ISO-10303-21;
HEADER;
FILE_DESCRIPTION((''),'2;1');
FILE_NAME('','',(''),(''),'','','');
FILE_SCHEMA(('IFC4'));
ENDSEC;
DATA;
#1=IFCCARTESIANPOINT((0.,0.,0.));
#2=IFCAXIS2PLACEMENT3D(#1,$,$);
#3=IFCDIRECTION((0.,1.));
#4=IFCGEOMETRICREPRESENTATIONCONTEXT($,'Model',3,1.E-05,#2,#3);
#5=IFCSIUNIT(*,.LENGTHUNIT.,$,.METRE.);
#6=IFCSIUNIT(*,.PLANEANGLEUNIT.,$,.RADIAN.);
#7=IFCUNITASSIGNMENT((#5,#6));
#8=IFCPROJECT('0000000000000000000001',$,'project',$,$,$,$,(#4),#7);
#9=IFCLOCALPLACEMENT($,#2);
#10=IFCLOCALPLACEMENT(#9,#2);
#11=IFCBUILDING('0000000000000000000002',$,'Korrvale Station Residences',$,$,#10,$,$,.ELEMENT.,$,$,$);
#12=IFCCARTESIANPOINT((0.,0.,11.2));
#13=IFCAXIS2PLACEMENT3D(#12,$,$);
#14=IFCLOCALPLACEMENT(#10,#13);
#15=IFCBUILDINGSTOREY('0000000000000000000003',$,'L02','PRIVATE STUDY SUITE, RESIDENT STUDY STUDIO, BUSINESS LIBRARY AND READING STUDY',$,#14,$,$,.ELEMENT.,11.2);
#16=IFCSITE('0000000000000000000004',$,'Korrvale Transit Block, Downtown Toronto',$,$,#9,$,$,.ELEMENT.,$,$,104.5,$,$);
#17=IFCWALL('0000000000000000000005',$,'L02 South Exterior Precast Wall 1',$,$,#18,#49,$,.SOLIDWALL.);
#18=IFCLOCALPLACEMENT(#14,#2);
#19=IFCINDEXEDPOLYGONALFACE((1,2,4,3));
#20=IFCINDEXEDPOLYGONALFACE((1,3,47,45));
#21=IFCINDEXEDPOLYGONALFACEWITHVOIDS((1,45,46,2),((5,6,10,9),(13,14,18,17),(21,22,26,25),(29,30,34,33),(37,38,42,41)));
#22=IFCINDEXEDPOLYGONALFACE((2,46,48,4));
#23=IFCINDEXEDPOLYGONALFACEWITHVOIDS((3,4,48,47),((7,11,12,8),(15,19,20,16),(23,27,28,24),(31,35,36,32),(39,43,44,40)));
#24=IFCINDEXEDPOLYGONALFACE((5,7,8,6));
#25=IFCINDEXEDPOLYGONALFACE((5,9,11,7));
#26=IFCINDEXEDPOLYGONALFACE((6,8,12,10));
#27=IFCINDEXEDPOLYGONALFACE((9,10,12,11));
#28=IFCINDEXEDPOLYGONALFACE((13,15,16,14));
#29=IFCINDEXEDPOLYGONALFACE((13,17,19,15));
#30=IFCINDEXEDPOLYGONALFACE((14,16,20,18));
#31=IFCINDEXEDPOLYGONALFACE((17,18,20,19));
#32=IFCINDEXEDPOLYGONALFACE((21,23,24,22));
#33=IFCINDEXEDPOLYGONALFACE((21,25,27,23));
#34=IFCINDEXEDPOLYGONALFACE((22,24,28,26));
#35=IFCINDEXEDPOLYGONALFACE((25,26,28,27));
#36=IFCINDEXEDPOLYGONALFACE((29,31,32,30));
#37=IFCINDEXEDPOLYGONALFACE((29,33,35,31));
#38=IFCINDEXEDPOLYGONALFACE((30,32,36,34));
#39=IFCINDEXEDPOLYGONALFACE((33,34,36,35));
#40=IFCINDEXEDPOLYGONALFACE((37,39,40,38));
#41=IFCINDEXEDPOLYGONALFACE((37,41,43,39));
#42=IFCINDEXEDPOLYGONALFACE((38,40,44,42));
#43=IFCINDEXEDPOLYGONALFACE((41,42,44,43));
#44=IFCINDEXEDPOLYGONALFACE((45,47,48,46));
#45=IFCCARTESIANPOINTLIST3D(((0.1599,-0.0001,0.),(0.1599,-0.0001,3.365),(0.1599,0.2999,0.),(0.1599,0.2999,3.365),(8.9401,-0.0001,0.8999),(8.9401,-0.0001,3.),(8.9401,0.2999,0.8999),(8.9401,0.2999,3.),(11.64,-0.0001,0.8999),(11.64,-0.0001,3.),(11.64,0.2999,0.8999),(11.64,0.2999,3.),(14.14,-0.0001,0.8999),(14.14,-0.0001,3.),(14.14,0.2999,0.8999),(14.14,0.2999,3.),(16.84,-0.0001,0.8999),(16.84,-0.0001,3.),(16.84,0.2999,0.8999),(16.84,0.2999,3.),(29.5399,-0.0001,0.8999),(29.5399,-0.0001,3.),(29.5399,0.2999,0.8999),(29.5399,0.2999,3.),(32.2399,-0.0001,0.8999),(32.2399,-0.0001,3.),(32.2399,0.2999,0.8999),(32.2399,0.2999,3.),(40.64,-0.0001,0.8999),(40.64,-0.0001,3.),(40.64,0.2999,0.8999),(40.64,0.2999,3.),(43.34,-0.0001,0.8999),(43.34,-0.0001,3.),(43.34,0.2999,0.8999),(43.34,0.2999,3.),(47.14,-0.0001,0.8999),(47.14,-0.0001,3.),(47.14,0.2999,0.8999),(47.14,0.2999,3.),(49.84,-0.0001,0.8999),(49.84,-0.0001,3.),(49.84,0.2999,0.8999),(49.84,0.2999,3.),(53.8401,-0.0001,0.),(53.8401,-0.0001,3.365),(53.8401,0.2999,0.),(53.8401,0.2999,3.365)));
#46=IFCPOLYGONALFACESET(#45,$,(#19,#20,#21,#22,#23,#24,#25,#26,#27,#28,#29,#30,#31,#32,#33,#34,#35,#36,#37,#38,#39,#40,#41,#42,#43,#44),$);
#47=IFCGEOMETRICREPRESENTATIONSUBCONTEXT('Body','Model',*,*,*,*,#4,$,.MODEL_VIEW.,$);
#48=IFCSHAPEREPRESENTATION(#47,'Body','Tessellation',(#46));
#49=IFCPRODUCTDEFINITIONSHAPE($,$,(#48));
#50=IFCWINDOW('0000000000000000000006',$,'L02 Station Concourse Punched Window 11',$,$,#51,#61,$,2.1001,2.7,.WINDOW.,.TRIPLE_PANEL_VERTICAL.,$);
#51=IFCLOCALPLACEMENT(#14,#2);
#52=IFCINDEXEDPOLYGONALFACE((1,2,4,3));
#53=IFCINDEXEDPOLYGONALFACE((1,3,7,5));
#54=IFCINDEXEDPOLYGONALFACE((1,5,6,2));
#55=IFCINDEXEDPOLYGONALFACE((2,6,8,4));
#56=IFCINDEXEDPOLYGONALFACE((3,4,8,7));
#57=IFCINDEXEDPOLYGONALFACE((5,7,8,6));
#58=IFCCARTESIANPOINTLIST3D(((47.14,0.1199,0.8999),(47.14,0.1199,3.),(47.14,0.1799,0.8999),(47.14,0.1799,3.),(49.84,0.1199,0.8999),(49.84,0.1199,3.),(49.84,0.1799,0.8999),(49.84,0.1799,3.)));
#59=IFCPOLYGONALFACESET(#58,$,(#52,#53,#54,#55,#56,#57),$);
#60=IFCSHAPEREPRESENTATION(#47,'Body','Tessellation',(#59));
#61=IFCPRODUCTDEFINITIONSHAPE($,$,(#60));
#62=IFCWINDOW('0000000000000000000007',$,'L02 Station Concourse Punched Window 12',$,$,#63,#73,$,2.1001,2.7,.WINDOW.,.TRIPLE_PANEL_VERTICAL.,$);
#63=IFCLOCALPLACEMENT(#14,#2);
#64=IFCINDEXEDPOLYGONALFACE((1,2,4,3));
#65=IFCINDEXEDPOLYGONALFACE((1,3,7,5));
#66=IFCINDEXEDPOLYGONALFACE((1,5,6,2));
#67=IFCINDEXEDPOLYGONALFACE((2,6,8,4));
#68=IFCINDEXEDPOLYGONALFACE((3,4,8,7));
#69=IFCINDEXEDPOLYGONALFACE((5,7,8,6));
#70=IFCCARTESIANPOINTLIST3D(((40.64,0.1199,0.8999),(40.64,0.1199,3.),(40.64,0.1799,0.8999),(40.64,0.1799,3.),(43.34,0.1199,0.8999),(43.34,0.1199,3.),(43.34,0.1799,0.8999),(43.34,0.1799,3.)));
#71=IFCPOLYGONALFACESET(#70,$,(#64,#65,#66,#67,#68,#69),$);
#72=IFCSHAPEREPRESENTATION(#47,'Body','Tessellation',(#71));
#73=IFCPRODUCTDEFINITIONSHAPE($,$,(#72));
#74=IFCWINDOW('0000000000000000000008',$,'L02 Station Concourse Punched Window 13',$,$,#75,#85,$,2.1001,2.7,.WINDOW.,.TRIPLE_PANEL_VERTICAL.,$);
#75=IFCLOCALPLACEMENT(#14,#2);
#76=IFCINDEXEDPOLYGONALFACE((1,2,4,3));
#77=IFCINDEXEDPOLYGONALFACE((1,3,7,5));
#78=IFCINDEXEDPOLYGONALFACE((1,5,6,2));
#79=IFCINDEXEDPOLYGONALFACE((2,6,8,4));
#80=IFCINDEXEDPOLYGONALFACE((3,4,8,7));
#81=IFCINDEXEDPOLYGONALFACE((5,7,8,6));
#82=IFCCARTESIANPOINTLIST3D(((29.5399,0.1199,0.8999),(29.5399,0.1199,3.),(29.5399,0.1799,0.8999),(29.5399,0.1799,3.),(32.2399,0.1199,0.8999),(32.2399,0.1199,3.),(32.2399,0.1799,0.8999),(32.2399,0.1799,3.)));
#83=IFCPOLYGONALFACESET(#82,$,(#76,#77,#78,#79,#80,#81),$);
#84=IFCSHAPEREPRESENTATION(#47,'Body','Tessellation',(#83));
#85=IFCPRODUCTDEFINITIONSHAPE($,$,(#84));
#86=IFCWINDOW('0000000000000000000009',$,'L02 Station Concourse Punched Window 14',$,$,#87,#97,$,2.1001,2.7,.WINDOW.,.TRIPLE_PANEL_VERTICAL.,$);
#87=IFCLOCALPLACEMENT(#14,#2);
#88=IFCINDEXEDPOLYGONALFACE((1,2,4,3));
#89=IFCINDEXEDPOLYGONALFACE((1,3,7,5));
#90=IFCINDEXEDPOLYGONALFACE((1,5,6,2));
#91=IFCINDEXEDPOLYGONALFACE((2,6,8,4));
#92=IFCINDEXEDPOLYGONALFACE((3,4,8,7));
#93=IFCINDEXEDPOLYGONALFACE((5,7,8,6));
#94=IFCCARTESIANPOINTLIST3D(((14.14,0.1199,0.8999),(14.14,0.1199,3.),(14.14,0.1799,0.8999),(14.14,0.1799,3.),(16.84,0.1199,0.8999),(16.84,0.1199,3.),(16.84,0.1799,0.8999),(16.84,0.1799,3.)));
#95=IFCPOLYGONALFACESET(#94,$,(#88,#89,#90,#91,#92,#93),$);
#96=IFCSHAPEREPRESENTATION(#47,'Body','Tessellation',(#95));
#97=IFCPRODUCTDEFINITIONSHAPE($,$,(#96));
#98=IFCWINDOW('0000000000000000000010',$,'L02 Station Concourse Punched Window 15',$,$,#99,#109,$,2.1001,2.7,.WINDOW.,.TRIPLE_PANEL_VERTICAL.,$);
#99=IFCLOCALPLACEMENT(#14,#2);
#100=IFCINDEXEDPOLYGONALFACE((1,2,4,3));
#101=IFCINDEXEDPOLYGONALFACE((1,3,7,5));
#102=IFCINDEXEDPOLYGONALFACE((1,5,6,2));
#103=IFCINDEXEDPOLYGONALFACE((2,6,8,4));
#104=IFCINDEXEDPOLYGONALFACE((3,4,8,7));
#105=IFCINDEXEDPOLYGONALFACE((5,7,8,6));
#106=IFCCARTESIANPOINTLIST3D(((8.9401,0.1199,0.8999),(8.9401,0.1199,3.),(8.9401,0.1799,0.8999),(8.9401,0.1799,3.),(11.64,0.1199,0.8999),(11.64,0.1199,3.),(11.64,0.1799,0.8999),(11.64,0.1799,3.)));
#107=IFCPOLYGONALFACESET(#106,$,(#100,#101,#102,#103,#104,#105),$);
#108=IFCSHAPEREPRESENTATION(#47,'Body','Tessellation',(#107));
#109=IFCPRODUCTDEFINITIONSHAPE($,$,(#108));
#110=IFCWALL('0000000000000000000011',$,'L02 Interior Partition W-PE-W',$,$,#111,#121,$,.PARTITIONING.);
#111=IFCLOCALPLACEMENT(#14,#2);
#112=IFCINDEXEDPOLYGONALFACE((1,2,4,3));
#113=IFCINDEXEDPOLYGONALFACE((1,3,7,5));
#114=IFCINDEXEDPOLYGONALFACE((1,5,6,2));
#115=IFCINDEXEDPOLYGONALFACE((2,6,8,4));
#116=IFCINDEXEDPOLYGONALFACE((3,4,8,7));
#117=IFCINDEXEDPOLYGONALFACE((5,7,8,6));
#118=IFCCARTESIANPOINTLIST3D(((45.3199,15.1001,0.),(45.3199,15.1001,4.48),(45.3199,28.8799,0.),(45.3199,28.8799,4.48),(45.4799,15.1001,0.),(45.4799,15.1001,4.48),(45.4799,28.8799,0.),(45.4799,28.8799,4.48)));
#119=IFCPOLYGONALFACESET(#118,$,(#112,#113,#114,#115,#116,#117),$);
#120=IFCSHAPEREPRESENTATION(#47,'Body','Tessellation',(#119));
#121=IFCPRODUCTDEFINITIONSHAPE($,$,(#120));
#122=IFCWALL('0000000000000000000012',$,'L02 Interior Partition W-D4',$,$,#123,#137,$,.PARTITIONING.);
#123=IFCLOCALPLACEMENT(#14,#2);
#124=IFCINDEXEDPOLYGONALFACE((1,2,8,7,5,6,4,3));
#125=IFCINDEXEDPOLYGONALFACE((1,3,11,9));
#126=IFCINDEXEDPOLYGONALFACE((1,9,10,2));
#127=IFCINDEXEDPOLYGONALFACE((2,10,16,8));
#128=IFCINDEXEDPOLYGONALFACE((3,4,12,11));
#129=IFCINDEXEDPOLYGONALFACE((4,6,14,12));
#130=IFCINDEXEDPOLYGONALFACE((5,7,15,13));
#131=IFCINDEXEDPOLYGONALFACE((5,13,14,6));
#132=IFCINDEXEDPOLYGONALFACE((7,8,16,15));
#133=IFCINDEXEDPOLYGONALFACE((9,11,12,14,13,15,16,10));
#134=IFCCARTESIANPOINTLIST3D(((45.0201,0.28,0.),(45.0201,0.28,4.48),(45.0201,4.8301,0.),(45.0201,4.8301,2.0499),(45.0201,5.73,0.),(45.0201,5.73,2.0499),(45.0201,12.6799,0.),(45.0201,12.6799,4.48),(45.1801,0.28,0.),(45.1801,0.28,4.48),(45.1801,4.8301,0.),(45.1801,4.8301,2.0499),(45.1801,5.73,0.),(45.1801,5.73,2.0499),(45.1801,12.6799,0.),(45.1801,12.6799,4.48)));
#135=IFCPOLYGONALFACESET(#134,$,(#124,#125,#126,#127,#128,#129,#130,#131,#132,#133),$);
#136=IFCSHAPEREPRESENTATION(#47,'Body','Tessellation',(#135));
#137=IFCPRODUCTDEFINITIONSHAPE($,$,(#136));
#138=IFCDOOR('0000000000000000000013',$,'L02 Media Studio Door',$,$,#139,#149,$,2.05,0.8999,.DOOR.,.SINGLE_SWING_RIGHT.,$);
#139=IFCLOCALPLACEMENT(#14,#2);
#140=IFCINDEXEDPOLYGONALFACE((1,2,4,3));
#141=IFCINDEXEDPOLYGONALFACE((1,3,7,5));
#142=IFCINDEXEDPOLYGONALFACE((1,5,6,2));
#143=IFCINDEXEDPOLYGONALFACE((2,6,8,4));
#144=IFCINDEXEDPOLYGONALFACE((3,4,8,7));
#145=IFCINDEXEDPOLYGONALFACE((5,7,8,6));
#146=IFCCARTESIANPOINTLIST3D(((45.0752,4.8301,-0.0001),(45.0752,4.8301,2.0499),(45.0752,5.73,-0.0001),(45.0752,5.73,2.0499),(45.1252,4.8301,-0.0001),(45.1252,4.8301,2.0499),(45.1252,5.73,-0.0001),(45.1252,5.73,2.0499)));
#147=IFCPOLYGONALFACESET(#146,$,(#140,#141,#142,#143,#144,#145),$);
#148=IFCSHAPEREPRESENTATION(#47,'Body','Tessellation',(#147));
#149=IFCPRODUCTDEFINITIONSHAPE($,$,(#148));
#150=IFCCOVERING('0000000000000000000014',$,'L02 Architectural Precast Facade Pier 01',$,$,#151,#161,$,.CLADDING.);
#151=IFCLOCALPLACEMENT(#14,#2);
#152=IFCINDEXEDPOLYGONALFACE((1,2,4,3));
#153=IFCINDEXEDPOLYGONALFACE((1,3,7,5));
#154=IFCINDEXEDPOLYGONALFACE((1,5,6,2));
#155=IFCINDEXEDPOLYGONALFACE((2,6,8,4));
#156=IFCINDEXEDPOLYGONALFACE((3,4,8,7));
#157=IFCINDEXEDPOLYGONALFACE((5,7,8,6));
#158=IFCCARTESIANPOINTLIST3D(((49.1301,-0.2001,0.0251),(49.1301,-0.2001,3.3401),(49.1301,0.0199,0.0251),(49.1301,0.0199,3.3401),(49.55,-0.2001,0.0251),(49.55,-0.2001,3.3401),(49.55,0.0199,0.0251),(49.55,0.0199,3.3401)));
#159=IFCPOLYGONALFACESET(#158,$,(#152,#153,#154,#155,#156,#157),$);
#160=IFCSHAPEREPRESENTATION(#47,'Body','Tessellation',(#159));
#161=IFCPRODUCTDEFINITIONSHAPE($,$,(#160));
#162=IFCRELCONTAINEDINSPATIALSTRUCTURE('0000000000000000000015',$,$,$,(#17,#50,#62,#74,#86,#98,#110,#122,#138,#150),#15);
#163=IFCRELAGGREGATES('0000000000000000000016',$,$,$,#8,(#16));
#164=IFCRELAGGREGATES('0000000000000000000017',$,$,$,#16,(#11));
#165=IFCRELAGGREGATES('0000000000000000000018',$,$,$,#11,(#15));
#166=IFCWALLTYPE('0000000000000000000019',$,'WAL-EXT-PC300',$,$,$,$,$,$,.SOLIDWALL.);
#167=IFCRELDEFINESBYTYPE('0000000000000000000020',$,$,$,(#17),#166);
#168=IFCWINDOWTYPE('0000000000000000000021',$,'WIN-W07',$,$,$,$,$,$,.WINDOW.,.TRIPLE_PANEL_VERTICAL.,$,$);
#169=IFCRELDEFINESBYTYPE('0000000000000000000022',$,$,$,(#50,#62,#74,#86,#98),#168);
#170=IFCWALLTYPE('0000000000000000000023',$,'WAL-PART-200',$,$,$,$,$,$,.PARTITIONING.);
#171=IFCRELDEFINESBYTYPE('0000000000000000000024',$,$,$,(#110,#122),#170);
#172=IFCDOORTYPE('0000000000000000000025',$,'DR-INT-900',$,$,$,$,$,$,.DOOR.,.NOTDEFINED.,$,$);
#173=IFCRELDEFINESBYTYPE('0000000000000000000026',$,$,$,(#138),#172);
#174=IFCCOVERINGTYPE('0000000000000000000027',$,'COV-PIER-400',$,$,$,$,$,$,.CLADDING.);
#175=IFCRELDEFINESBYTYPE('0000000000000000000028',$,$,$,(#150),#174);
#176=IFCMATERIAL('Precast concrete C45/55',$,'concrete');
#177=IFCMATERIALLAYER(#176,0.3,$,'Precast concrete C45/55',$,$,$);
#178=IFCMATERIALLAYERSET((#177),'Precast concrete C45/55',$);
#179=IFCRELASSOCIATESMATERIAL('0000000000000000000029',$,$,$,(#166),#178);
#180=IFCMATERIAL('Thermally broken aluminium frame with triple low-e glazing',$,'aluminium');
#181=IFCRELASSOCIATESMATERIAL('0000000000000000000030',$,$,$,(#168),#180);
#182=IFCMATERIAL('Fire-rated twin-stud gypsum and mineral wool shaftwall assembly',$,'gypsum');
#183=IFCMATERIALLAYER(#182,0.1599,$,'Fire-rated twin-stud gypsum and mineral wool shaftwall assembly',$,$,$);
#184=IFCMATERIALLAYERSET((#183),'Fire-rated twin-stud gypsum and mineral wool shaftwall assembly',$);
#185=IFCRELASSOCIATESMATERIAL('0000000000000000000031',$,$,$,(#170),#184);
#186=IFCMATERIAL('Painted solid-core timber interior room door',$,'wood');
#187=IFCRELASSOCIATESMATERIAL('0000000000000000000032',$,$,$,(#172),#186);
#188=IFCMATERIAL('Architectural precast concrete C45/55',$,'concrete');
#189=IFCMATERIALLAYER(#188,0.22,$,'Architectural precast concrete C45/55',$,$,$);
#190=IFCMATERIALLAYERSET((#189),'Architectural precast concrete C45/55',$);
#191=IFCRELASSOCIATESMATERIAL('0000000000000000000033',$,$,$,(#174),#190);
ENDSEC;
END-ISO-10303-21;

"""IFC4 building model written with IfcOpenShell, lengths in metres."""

from ifc_helpers import new_model, si_unit, direction, frame, frame_2d, origin, origin_2d, place, context, subcontext, project, spatial, rectangle, extrude, material, layer, layer_set, type_object, element, fill, save


model = new_model("IFC4")

# Units and contexts
model_context = context("Model", 3, precision=1e-05, world=origin(), true_north=direction((0.0, 1.0)))
body_context = subcontext(model_context, "Body", "Model", "MODEL_VIEW")
ifc_project = project(units=[si_unit("LENGTHUNIT", "METRE"), si_unit("PLANEANGLEUNIT", "RADIAN")], contexts=[model_context])

# Site, building, storey
site_placement = place(None, origin())
site = spatial("IfcSite", under=ifc_project, at=site_placement, Name="Korrvale Transit Block, Downtown Toronto", CompositionType="ELEMENT", RefElevation=104.5)
building_placement = place(site_placement, origin())
building = spatial("IfcBuilding", under=site, at=building_placement, Name="Korrvale Station Residences", CompositionType="ELEMENT")
storey_placement = place(building_placement, frame((0.0, 0.0, 11.2)))
storey = spatial("IfcBuildingStorey", under=building, at=storey_placement, Name="L02", Description="PRIVATE STUDY SUITE, RESIDENT STUDY STUDIO, BUSINESS LIBRARY AND READING STUDY", CompositionType="ELEMENT", Elevation=11.2)

# Wall, openings, windows
ifc_material_1 = material(Name="Precast concrete C45/55", Category="concrete")
ifc_layer_1 = layer(ifc_material_1, 0.3, Name="Precast concrete C45/55")
ifc_layer_set_1 = layer_set([ifc_layer_1], Name="Precast concrete C45/55")
wall_type_1 = type_object("IfcWallType", Name="WAL-EXT-PC300", PredefinedType="SOLIDWALL", material=ifc_layer_set_1)
wall_1_placement = place(storey_placement, frame((53.8401, 0.1499, 0.0), z_axis=(0.0, 0.0, 1.0), x_axis=(-1.0, 0.0, 0.0)))
wall_1 = element("IfcWall", 1, at=wall_1_placement, inside=storey, type_object=wall_type_1, Name="L02 South Exterior Precast Wall 1", PredefinedType="SOLIDWALL", context=body_context, shape_type="SweptSolid", body=[
    extrude(rectangle(XDim=53.6802, YDim=0.3, at=frame_2d((26.8401, 0.0))), origin(), (0.0, 0.0, 1.0), 3.365),
])
opening_1_placement = place(wall_1_placement, frame((4.0, 0.0, 0.8999)))
opening_1 = element("IfcOpeningElement", 2, at=opening_1_placement, cuts=wall_1, PredefinedType="OPENING", context=body_context, shape_type="SweptSolid", body=[
    extrude(rectangle(XDim=2.7, YDim=2.1001, at=frame_2d((1.3501, 1.05))), frame((0.0, 0.1602, 0.0), z_axis=(0.0, -1.0, 0.0), x_axis=(1.0, 0.0, 0.0)), (0.0, 0.0, 1.0), 0.3201),
])
opening_2_placement = place(wall_1_placement, frame((10.5, 0.0, 0.8999)))
opening_2 = element("IfcOpeningElement", 3, at=opening_2_placement, cuts=wall_1, PredefinedType="OPENING", context=body_context, shape_type="SweptSolid", body=[
    extrude(rectangle(XDim=2.7, YDim=2.1001, at=frame_2d((1.3501, 1.05))), frame((0.0, 0.1602, 0.0), z_axis=(0.0, -1.0, 0.0), x_axis=(1.0, 0.0, 0.0)), (0.0, 0.0, 1.0), 0.3201),
])
opening_3_placement = place(wall_1_placement, frame((21.6001, 0.0, 0.8999)))
opening_3 = element("IfcOpeningElement", 4, at=opening_3_placement, cuts=wall_1, PredefinedType="OPENING", context=body_context, shape_type="SweptSolid", body=[
    extrude(rectangle(XDim=2.7, YDim=2.1001, at=frame_2d((1.3501, 1.05))), frame((0.0, 0.1602, 0.0), z_axis=(0.0, -1.0, 0.0), x_axis=(1.0, 0.0, 0.0)), (0.0, 0.0, 1.0), 0.3201),
])
opening_4_placement = place(wall_1_placement, frame((37.0, 0.0, 0.8999)))
opening_4 = element("IfcOpeningElement", 5, at=opening_4_placement, cuts=wall_1, PredefinedType="OPENING", context=body_context, shape_type="SweptSolid", body=[
    extrude(rectangle(XDim=2.7, YDim=2.1001, at=frame_2d((1.3501, 1.05))), frame((0.0, 0.1602, 0.0), z_axis=(0.0, -1.0, 0.0), x_axis=(1.0, 0.0, 0.0)), (0.0, 0.0, 1.0), 0.3201),
])
opening_5_placement = place(wall_1_placement, frame((42.2, 0.0, 0.8999)))
opening_5 = element("IfcOpeningElement", 6, at=opening_5_placement, cuts=wall_1, PredefinedType="OPENING", context=body_context, shape_type="SweptSolid", body=[
    extrude(rectangle(XDim=2.7, YDim=2.1001, at=frame_2d((1.3501, 1.05))), frame((0.0, 0.1602, 0.0), z_axis=(0.0, -1.0, 0.0), x_axis=(1.0, 0.0, 0.0)), (0.0, 0.0, 1.0), 0.3201),
])
ifc_material_2 = material(Name="Thermally broken aluminium frame with triple low-e glazing", Category="aluminium")
window_type = type_object("IfcWindowType", Name="WIN-W07", PartitioningType="TRIPLE_PANEL_VERTICAL", PredefinedType="WINDOW", material=ifc_material_2)
window_1_placement = place(opening_1_placement, origin())
window_1 = element("IfcWindow", 7, at=window_1_placement, inside=storey, type_object=window_type, Name="L02 Station Concourse Punched Window 11", OverallHeight=2.1001, OverallWidth=2.7, PartitioningType="TRIPLE_PANEL_VERTICAL", PredefinedType="WINDOW", context=body_context, shape_type="SweptSolid", body=[
    extrude(rectangle(XDim=2.7, YDim=2.1001, at=frame_2d((1.3501, 1.05))), frame((0.0, 0.03, 0.0), z_axis=(0.0, -1.0, 0.0), x_axis=(1.0, 0.0, 0.0)), (0.0, 0.0, 1.0), 0.0601),
])
fill(opening_1, window_1)
window_2_placement = place(opening_2_placement, origin())
window_2 = element("IfcWindow", 8, at=window_2_placement, inside=storey, type_object=window_type, Name="L02 Station Concourse Punched Window 12", OverallHeight=2.1001, OverallWidth=2.7, PartitioningType="TRIPLE_PANEL_VERTICAL", PredefinedType="WINDOW", context=body_context, shape_type="SweptSolid", body=[
    extrude(rectangle(XDim=2.7, YDim=2.1001, at=frame_2d((1.3501, 1.05))), frame((0.0, 0.03, 0.0), z_axis=(0.0, -1.0, 0.0), x_axis=(1.0, 0.0, 0.0)), (0.0, 0.0, 1.0), 0.0601),
])
fill(opening_2, window_2)
window_3_placement = place(opening_3_placement, origin())
window_3 = element("IfcWindow", 9, at=window_3_placement, inside=storey, type_object=window_type, Name="L02 Station Concourse Punched Window 13", OverallHeight=2.1001, OverallWidth=2.7, PartitioningType="TRIPLE_PANEL_VERTICAL", PredefinedType="WINDOW", context=body_context, shape_type="SweptSolid", body=[
    extrude(rectangle(XDim=2.7, YDim=2.1001, at=frame_2d((1.3501, 1.05))), frame((0.0, 0.03, 0.0), z_axis=(0.0, -1.0, 0.0), x_axis=(1.0, 0.0, 0.0)), (0.0, 0.0, 1.0), 0.0601),
])
fill(opening_3, window_3)
window_4_placement = place(opening_4_placement, origin())
window_4 = element("IfcWindow", 10, at=window_4_placement, inside=storey, type_object=window_type, Name="L02 Station Concourse Punched Window 14", OverallHeight=2.1001, OverallWidth=2.7, PartitioningType="TRIPLE_PANEL_VERTICAL", PredefinedType="WINDOW", context=body_context, shape_type="SweptSolid", body=[
    extrude(rectangle(XDim=2.7, YDim=2.1001, at=frame_2d((1.3501, 1.05))), frame((0.0, 0.03, 0.0), z_axis=(0.0, -1.0, 0.0), x_axis=(1.0, 0.0, 0.0)), (0.0, 0.0, 1.0), 0.0601),
])
fill(opening_4, window_4)
window_5_placement = place(opening_5_placement, origin())
window_5 = element("IfcWindow", 11, at=window_5_placement, inside=storey, type_object=window_type, Name="L02 Station Concourse Punched Window 15", OverallHeight=2.1001, OverallWidth=2.7, PartitioningType="TRIPLE_PANEL_VERTICAL", PredefinedType="WINDOW", context=body_context, shape_type="SweptSolid", body=[
    extrude(rectangle(XDim=2.7, YDim=2.1001, at=frame_2d((1.3501, 1.05))), frame((0.0, 0.03, 0.0), z_axis=(0.0, -1.0, 0.0), x_axis=(1.0, 0.0, 0.0)), (0.0, 0.0, 1.0), 0.0601),
])
fill(opening_5, window_5)

# Wall
ifc_material_3 = material(Name="Fire-rated twin-stud gypsum and mineral wool shaftwall assembly", Category="gypsum")
ifc_layer_2 = layer(ifc_material_3, 0.1599, Name="Fire-rated twin-stud gypsum and mineral wool shaftwall assembly")
ifc_layer_set_2 = layer_set([ifc_layer_2], Name="Fire-rated twin-stud gypsum and mineral wool shaftwall assembly")
wall_type_2 = type_object("IfcWallType", Name="WAL-PART-200", PredefinedType="PARTITIONING", material=ifc_layer_set_2)
wall_2_placement = place(storey_placement, frame((45.3999, 15.1001, 0.0), z_axis=(0.0, 0.0, 1.0), x_axis=(0.0, 1.0, 0.0)))
element("IfcWall", 12, at=wall_2_placement, inside=storey, type_object=wall_type_2, Name="L02 Interior Partition W-PE-W", PredefinedType="PARTITIONING", context=body_context, shape_type="SweptSolid", body=[
    extrude(rectangle(XDim=13.7798, YDim=0.1599, at=frame_2d((6.8899, 0.0))), origin(), (0.0, 0.0, 1.0), 4.48),
])

# Wall, opening, door
wall_3_placement = place(storey_placement, frame((45.1001, 0.28, 0.0), z_axis=(0.0, 0.0, 1.0), x_axis=(0.0, 1.0, 0.0)))
wall_3 = element("IfcWall", 13, at=wall_3_placement, inside=storey, type_object=wall_type_2, Name="L02 Interior Partition W-D4", PredefinedType="PARTITIONING", context=body_context, shape_type="SweptSolid", body=[
    extrude(rectangle(XDim=12.3999, YDim=0.1599, at=frame_2d((6.2, 0.0))), origin(), (0.0, 0.0, 1.0), 4.48),
])
opening_6_placement = place(wall_3_placement, frame((4.55, 0.0, 0.0)))
opening_6 = element("IfcOpeningElement", 14, at=opening_6_placement, cuts=wall_3, PredefinedType="OPENING", context=body_context, shape_type="SweptSolid", body=[
    extrude(rectangle(XDim=0.8999, YDim=2.05, at=frame_2d((0.45, 1.0249))), frame((0.0, 0.0898, 0.0), z_axis=(0.0, -1.0, 0.0), x_axis=(1.0, 0.0, 0.0)), (0.0, 0.0, 1.0), 0.1799),
])
ifc_material_4 = material(Name="Painted solid-core timber interior room door", Category="wood")
door_type = type_object("IfcDoorType", Name="DR-INT-900", OperationType="NOTDEFINED", PredefinedType="DOOR", material=ifc_material_4)
door_placement = place(opening_6_placement, origin())
door = element("IfcDoor", 15, at=door_placement, inside=storey, type_object=door_type, Name="L02 Media Studio Door", OperationType="SINGLE_SWING_RIGHT", OverallHeight=2.05, OverallWidth=0.8999, PredefinedType="DOOR", context=body_context, shape_type="SweptSolid", body=[
    extrude(rectangle(XDim=0.8999, YDim=2.05, at=frame_2d((0.45, 1.0249))), frame((0.0, 0.0249, 0.0), z_axis=(0.0, -1.0, 0.0), x_axis=(1.0, 0.0, 0.0)), (0.0, 0.0, 1.0), 0.05),
])
fill(opening_6, door)

# Covering
ifc_material_5 = material(Name="Architectural precast concrete C45/55", Category="concrete")
ifc_layer_3 = layer(ifc_material_5, 0.22, Name="Architectural precast concrete C45/55")
ifc_layer_set_3 = layer_set([ifc_layer_3], Name="Architectural precast concrete C45/55")
covering_type = type_object("IfcCoveringType", Name="COV-PIER-400", PredefinedType="CLADDING", material=ifc_layer_set_3)
for number, where, z_axis, x_axis, name in (
    (16, (49.3401, -0.0901, 0.0251), (0.0, 0.0, 1.0), (1.0, 0.0, 0.0), "L02 Architectural Precast Facade Pier 01"),
):
    element("IfcCovering", number, at=place(storey_placement, frame(where, z_axis=z_axis, x_axis=x_axis)), inside=storey, type_object=covering_type, Name=name, PredefinedType="CLADDING", context=body_context, shape_type="SweptSolid", body=[
        extrude(rectangle(XDim=0.4199, YDim=0.22, at=origin_2d()), origin(), (0.0, 0.0, 1.0), 3.3149),
    ])

save(model, "model.ifc")
